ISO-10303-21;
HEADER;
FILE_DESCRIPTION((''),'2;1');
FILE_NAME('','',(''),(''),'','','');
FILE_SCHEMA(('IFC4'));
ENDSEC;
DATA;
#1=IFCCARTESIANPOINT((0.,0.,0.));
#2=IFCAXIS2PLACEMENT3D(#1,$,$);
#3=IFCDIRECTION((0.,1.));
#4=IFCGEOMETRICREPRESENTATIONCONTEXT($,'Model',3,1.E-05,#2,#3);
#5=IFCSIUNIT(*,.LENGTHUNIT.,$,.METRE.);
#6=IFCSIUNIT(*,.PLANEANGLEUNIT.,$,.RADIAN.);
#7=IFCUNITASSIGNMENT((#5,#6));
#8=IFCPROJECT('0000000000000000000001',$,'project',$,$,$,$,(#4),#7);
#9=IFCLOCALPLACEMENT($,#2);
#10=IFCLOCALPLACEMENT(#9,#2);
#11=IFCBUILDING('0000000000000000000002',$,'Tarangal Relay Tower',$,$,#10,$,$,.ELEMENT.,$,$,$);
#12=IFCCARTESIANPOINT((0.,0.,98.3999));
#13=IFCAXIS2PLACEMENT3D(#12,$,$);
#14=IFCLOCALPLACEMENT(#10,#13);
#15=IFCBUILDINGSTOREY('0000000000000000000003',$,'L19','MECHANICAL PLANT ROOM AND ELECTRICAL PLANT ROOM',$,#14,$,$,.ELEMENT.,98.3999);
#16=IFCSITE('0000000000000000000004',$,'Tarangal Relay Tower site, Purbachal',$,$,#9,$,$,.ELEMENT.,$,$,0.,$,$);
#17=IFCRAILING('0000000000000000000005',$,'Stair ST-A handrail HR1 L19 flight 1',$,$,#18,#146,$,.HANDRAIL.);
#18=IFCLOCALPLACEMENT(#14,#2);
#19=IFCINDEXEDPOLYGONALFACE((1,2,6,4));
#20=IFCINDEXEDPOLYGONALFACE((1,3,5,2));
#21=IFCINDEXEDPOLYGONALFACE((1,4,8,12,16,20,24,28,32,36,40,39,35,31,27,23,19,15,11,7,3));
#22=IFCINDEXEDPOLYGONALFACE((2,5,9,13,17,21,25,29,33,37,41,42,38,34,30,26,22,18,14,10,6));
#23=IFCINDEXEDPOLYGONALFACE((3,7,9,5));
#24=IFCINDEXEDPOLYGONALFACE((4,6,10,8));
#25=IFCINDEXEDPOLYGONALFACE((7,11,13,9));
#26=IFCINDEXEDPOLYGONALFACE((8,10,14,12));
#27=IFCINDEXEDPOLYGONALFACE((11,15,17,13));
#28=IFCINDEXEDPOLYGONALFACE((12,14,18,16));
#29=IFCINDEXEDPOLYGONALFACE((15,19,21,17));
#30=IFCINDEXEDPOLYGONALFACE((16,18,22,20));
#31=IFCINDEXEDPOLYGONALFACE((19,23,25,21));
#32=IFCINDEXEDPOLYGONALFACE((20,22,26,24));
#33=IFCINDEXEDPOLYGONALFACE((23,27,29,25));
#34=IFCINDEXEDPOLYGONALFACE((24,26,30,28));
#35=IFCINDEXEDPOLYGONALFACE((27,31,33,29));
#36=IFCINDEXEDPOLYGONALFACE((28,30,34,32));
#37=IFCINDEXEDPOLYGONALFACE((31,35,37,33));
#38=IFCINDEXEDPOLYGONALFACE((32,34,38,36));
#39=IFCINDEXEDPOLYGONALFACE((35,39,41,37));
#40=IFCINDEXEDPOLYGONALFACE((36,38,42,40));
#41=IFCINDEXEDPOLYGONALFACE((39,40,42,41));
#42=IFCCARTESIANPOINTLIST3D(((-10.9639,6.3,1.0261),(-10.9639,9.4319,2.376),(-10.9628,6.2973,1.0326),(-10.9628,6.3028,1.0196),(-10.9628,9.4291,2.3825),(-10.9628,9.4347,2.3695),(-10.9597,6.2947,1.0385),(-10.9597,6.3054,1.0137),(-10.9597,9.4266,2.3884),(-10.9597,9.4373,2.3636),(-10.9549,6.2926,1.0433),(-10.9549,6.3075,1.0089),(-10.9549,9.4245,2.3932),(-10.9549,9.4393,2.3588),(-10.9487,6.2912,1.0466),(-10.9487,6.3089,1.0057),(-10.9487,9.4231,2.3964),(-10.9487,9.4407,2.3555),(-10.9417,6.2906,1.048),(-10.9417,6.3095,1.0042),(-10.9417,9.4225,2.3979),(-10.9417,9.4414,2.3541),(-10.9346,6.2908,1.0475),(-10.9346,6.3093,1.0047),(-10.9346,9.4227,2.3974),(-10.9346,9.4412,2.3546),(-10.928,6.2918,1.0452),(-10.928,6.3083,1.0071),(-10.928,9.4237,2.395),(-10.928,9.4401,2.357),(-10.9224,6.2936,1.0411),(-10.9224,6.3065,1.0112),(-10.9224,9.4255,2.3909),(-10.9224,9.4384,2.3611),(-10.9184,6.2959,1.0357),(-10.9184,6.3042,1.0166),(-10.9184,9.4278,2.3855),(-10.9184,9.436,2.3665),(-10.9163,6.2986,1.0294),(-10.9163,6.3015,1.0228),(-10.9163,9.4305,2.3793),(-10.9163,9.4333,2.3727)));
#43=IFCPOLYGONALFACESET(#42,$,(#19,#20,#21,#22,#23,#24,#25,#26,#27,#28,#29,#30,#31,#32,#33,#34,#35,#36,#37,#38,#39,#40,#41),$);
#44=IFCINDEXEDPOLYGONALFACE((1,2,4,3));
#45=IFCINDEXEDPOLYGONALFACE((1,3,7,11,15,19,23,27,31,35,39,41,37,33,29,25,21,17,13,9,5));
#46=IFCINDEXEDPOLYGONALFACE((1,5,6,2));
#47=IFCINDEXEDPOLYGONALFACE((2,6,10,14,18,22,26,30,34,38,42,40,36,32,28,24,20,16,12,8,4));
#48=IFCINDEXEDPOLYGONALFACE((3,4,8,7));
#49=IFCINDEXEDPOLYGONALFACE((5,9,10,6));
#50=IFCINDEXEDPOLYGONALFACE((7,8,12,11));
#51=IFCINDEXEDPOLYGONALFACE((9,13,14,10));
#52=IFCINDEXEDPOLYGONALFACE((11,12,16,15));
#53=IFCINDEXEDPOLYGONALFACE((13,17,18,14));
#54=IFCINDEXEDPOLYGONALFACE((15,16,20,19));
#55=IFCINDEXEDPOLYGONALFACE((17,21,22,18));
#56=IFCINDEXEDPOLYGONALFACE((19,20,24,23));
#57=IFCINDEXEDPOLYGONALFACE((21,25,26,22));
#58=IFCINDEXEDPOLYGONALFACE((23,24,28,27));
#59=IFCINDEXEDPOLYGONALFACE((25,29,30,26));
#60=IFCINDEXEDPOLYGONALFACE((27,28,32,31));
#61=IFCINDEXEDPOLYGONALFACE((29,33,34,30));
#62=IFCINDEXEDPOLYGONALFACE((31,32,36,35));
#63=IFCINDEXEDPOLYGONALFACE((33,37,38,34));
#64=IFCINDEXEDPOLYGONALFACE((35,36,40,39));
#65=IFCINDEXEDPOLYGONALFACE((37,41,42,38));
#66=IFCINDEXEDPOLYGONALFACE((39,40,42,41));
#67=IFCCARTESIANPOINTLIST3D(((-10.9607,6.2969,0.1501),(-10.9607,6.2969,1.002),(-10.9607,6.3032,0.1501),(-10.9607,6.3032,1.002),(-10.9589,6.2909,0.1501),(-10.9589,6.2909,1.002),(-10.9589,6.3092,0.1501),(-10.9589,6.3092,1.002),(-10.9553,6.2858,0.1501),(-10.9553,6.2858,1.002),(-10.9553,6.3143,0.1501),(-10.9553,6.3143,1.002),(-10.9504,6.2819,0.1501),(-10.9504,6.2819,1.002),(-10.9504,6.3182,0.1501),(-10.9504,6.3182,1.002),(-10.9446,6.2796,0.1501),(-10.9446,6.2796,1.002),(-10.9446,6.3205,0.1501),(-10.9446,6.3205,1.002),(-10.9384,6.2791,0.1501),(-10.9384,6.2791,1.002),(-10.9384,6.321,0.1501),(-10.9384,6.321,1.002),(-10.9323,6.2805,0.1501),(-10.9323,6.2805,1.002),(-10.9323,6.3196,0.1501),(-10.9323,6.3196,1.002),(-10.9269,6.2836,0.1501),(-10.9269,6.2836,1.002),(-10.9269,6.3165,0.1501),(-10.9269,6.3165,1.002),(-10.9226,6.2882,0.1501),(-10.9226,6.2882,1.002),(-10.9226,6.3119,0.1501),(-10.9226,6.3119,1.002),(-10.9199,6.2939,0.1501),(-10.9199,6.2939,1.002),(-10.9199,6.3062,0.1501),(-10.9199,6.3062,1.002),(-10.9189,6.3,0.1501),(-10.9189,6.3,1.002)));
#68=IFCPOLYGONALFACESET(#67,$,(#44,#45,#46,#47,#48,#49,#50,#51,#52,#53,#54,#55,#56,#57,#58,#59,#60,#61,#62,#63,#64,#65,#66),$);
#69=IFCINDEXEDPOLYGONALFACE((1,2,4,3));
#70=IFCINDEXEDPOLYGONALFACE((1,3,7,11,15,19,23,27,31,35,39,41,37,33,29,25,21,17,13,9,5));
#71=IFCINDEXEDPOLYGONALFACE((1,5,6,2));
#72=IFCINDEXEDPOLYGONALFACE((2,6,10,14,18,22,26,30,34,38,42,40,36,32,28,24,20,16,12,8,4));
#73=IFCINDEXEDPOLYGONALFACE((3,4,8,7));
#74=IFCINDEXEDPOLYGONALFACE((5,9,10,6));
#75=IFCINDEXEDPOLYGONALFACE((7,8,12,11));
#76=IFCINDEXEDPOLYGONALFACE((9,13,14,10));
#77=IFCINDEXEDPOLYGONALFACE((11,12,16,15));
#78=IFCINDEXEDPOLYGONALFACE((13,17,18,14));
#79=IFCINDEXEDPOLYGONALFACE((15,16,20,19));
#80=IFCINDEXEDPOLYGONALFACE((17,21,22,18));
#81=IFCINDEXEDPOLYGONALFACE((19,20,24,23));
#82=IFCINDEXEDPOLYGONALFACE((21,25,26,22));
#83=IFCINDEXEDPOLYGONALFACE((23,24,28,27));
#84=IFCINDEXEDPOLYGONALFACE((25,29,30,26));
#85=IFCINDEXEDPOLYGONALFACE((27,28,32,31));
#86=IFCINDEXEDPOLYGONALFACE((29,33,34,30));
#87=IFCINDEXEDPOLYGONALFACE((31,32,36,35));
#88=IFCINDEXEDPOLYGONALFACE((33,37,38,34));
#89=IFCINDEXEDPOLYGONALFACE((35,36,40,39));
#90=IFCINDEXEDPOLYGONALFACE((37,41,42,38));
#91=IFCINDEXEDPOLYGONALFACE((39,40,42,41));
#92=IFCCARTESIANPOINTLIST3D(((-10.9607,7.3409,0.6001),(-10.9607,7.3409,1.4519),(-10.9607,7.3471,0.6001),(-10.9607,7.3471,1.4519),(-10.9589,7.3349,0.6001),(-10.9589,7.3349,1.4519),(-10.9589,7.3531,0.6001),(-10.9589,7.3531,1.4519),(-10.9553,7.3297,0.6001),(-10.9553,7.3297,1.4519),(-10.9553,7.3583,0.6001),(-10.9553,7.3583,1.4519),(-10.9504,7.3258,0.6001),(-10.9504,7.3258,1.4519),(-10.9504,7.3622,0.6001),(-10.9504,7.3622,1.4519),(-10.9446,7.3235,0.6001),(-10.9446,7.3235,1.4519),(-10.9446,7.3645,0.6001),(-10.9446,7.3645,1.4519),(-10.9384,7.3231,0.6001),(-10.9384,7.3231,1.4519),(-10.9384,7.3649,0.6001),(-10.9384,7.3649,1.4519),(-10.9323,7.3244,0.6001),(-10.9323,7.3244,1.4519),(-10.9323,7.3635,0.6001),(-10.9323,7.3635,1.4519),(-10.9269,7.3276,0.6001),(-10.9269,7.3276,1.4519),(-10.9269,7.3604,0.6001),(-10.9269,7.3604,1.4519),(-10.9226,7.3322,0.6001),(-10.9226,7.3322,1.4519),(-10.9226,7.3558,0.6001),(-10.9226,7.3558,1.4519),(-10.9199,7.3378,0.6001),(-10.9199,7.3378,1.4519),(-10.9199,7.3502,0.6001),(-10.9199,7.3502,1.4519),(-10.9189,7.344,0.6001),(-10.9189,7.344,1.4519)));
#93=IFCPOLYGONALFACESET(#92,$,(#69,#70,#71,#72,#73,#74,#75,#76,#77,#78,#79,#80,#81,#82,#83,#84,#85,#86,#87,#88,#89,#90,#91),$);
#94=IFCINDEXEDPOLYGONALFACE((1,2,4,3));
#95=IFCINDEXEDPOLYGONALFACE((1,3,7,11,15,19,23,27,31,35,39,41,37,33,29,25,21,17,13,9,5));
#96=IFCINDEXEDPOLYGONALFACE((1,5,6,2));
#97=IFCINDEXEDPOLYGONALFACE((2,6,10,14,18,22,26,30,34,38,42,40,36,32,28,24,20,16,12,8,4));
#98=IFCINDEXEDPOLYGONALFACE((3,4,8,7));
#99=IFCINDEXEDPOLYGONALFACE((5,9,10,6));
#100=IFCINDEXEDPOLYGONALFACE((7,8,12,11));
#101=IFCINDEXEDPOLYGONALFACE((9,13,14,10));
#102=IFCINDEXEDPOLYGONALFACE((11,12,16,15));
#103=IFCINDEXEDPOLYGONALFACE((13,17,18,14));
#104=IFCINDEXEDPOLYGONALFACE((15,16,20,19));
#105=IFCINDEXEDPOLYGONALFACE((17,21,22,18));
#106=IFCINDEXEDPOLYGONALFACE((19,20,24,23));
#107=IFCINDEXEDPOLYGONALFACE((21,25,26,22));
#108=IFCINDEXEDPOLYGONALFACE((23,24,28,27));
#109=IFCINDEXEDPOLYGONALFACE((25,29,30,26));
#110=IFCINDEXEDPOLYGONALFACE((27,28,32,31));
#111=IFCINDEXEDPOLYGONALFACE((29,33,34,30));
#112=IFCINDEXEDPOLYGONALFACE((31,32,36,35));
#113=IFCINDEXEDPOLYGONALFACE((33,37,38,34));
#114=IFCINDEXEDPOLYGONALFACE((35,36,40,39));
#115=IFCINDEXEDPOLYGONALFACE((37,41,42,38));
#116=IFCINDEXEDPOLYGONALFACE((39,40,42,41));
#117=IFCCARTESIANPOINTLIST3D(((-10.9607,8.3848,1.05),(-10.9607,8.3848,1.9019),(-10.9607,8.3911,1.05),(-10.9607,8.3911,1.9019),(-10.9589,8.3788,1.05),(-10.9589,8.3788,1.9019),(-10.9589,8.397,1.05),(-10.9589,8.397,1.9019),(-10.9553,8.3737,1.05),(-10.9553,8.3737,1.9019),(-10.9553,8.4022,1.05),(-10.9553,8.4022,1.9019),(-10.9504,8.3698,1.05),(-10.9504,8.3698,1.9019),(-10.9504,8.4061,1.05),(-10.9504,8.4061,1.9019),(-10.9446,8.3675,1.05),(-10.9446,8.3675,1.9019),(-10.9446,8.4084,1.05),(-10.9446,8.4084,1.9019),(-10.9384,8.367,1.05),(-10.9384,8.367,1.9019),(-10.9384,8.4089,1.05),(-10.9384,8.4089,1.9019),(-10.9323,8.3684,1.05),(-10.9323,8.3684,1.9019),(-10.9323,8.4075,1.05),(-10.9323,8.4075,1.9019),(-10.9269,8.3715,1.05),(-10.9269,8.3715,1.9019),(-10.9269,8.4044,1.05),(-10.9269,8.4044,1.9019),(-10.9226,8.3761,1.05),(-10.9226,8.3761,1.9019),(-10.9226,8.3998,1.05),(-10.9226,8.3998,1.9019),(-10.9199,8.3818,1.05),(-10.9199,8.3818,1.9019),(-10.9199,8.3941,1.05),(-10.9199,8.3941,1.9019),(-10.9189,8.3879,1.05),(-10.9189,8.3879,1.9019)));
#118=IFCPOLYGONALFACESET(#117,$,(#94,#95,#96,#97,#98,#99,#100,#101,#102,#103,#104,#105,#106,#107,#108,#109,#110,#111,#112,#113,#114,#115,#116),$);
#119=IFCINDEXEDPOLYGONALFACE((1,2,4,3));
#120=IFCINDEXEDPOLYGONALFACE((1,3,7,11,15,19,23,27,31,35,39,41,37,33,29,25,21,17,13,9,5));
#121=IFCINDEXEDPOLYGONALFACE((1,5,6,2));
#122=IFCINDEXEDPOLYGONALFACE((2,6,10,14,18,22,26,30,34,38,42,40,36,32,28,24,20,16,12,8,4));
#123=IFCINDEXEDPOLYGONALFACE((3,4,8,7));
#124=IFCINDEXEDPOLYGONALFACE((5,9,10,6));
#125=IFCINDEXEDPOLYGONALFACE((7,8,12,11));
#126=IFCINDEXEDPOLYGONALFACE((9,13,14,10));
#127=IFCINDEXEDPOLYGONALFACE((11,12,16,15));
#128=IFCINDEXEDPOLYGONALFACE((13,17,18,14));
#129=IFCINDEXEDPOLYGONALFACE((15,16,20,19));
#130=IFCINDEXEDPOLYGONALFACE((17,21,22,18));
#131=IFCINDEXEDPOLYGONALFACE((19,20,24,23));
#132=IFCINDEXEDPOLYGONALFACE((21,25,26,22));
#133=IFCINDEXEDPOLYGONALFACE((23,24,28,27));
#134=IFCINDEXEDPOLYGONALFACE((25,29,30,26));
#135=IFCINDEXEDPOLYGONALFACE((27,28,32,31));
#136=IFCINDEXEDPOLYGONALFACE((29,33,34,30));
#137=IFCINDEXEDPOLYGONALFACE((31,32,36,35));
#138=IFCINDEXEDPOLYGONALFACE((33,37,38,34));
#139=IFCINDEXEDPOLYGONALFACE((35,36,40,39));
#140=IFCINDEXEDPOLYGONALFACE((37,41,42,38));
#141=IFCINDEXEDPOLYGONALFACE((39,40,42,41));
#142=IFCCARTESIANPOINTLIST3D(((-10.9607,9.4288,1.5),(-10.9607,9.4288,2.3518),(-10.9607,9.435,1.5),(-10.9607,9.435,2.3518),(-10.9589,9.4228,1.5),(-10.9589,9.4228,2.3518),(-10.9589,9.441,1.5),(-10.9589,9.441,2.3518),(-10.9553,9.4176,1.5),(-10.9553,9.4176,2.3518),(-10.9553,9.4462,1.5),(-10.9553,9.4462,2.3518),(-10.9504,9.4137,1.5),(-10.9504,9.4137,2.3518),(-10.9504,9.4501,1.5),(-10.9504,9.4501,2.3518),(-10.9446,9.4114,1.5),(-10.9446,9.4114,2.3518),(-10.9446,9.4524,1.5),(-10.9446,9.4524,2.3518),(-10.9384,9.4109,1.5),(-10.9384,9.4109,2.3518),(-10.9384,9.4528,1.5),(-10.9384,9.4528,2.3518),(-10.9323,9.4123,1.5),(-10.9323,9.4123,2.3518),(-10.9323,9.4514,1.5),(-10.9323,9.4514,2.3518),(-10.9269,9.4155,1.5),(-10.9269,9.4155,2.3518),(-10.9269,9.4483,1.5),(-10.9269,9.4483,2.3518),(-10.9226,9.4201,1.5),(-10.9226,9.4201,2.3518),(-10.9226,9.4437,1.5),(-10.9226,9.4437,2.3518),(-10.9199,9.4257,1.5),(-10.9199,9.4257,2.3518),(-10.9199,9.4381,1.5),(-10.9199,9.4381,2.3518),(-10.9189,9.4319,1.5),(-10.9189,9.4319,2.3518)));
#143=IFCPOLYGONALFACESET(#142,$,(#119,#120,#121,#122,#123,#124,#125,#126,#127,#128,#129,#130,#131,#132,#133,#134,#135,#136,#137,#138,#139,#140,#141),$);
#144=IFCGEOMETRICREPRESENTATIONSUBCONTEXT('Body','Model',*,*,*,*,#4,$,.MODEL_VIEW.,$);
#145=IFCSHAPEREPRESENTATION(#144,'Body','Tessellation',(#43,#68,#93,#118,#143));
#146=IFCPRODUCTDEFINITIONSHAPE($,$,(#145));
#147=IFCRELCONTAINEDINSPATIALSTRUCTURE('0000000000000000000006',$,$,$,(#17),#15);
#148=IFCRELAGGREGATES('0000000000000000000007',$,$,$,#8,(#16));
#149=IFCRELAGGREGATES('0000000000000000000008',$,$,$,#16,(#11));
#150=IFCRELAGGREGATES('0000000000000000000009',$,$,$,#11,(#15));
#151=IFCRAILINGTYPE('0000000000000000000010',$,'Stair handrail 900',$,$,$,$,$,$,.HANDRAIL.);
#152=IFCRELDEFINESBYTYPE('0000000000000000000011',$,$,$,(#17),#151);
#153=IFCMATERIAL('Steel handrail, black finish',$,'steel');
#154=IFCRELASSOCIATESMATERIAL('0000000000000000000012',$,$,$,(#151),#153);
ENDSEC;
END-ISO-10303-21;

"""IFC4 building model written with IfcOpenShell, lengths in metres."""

from ifc_helpers import new_model, si_unit, direction, frame, origin, origin_2d, place, context, subcontext, project, spatial, circle, extrude, material, type_object, element, save


model = new_model("IFC4")

# Units and contexts
model_context = context("Model", 3, precision=1e-05, world=origin(), true_north=direction((0.0, 1.0)))
body_context = subcontext(model_context, "Body", "Model", "MODEL_VIEW")
ifc_project = project(units=[si_unit("LENGTHUNIT", "METRE"), si_unit("PLANEANGLEUNIT", "RADIAN")], contexts=[model_context])

# Site, building, storey
site_placement = place(None, origin())
site = spatial("IfcSite", under=ifc_project, at=site_placement, Name="Tarangal Relay Tower site, Purbachal", CompositionType="ELEMENT", RefElevation=0.0)
building_placement = place(site_placement, origin())
building = spatial("IfcBuilding", under=site, at=building_placement, Name="Tarangal Relay Tower", CompositionType="ELEMENT")
storey_placement = place(building_placement, frame((0.0, 0.0, 98.3999)))
storey = spatial("IfcBuildingStorey", under=building, at=storey_placement, Name="L19", Description="MECHANICAL PLANT ROOM AND ELECTRICAL PLANT ROOM", CompositionType="ELEMENT", Elevation=98.3999)

# Railing
ifc_material_1 = material(Name="Steel handrail, black finish", Category="steel")
railing_type = type_object("IfcRailingType", Name="Stair handrail 900", PredefinedType="HANDRAIL", material=ifc_material_1)
for number, where, name in (
    (1, (-10.9399, 6.3, 0.1501), "Stair ST-A handrail HR1 L19 flight 1"),
):
    element("IfcRailing", number, at=place(storey_placement, frame(where)), inside=storey, type_object=railing_type, Name=name, PredefinedType="HANDRAIL", context=body_context, shape_type="SweptSolid", body=[
        extrude(circle(Radius=0.0239, at=origin_2d()), frame((0.0, 0.0, 0.876), z_axis=(0.0, 0.918332, 0.395811), x_axis=(-1.0, 0.0, 0.0)), (0.0, 0.0, 1.0), 3.4104),
        extrude(circle(Radius=0.021, at=origin_2d()), origin(), (0.0, 0.0, 1.0), 0.8518),
        extrude(circle(Radius=0.021, at=origin_2d()), frame((0.0, 1.0439, 0.45)), (0.0, 0.0, 1.0), 0.8518),
        extrude(circle(Radius=0.021, at=origin_2d()), frame((0.0, 2.0879, 0.8999)), (0.0, 0.0, 1.0), 0.8518),
        extrude(circle(Radius=0.021, at=origin_2d()), frame((0.0, 3.1318, 1.3499)), (0.0, 0.0, 1.0), 0.8518),
    ])

save(model, "model.ifc")
